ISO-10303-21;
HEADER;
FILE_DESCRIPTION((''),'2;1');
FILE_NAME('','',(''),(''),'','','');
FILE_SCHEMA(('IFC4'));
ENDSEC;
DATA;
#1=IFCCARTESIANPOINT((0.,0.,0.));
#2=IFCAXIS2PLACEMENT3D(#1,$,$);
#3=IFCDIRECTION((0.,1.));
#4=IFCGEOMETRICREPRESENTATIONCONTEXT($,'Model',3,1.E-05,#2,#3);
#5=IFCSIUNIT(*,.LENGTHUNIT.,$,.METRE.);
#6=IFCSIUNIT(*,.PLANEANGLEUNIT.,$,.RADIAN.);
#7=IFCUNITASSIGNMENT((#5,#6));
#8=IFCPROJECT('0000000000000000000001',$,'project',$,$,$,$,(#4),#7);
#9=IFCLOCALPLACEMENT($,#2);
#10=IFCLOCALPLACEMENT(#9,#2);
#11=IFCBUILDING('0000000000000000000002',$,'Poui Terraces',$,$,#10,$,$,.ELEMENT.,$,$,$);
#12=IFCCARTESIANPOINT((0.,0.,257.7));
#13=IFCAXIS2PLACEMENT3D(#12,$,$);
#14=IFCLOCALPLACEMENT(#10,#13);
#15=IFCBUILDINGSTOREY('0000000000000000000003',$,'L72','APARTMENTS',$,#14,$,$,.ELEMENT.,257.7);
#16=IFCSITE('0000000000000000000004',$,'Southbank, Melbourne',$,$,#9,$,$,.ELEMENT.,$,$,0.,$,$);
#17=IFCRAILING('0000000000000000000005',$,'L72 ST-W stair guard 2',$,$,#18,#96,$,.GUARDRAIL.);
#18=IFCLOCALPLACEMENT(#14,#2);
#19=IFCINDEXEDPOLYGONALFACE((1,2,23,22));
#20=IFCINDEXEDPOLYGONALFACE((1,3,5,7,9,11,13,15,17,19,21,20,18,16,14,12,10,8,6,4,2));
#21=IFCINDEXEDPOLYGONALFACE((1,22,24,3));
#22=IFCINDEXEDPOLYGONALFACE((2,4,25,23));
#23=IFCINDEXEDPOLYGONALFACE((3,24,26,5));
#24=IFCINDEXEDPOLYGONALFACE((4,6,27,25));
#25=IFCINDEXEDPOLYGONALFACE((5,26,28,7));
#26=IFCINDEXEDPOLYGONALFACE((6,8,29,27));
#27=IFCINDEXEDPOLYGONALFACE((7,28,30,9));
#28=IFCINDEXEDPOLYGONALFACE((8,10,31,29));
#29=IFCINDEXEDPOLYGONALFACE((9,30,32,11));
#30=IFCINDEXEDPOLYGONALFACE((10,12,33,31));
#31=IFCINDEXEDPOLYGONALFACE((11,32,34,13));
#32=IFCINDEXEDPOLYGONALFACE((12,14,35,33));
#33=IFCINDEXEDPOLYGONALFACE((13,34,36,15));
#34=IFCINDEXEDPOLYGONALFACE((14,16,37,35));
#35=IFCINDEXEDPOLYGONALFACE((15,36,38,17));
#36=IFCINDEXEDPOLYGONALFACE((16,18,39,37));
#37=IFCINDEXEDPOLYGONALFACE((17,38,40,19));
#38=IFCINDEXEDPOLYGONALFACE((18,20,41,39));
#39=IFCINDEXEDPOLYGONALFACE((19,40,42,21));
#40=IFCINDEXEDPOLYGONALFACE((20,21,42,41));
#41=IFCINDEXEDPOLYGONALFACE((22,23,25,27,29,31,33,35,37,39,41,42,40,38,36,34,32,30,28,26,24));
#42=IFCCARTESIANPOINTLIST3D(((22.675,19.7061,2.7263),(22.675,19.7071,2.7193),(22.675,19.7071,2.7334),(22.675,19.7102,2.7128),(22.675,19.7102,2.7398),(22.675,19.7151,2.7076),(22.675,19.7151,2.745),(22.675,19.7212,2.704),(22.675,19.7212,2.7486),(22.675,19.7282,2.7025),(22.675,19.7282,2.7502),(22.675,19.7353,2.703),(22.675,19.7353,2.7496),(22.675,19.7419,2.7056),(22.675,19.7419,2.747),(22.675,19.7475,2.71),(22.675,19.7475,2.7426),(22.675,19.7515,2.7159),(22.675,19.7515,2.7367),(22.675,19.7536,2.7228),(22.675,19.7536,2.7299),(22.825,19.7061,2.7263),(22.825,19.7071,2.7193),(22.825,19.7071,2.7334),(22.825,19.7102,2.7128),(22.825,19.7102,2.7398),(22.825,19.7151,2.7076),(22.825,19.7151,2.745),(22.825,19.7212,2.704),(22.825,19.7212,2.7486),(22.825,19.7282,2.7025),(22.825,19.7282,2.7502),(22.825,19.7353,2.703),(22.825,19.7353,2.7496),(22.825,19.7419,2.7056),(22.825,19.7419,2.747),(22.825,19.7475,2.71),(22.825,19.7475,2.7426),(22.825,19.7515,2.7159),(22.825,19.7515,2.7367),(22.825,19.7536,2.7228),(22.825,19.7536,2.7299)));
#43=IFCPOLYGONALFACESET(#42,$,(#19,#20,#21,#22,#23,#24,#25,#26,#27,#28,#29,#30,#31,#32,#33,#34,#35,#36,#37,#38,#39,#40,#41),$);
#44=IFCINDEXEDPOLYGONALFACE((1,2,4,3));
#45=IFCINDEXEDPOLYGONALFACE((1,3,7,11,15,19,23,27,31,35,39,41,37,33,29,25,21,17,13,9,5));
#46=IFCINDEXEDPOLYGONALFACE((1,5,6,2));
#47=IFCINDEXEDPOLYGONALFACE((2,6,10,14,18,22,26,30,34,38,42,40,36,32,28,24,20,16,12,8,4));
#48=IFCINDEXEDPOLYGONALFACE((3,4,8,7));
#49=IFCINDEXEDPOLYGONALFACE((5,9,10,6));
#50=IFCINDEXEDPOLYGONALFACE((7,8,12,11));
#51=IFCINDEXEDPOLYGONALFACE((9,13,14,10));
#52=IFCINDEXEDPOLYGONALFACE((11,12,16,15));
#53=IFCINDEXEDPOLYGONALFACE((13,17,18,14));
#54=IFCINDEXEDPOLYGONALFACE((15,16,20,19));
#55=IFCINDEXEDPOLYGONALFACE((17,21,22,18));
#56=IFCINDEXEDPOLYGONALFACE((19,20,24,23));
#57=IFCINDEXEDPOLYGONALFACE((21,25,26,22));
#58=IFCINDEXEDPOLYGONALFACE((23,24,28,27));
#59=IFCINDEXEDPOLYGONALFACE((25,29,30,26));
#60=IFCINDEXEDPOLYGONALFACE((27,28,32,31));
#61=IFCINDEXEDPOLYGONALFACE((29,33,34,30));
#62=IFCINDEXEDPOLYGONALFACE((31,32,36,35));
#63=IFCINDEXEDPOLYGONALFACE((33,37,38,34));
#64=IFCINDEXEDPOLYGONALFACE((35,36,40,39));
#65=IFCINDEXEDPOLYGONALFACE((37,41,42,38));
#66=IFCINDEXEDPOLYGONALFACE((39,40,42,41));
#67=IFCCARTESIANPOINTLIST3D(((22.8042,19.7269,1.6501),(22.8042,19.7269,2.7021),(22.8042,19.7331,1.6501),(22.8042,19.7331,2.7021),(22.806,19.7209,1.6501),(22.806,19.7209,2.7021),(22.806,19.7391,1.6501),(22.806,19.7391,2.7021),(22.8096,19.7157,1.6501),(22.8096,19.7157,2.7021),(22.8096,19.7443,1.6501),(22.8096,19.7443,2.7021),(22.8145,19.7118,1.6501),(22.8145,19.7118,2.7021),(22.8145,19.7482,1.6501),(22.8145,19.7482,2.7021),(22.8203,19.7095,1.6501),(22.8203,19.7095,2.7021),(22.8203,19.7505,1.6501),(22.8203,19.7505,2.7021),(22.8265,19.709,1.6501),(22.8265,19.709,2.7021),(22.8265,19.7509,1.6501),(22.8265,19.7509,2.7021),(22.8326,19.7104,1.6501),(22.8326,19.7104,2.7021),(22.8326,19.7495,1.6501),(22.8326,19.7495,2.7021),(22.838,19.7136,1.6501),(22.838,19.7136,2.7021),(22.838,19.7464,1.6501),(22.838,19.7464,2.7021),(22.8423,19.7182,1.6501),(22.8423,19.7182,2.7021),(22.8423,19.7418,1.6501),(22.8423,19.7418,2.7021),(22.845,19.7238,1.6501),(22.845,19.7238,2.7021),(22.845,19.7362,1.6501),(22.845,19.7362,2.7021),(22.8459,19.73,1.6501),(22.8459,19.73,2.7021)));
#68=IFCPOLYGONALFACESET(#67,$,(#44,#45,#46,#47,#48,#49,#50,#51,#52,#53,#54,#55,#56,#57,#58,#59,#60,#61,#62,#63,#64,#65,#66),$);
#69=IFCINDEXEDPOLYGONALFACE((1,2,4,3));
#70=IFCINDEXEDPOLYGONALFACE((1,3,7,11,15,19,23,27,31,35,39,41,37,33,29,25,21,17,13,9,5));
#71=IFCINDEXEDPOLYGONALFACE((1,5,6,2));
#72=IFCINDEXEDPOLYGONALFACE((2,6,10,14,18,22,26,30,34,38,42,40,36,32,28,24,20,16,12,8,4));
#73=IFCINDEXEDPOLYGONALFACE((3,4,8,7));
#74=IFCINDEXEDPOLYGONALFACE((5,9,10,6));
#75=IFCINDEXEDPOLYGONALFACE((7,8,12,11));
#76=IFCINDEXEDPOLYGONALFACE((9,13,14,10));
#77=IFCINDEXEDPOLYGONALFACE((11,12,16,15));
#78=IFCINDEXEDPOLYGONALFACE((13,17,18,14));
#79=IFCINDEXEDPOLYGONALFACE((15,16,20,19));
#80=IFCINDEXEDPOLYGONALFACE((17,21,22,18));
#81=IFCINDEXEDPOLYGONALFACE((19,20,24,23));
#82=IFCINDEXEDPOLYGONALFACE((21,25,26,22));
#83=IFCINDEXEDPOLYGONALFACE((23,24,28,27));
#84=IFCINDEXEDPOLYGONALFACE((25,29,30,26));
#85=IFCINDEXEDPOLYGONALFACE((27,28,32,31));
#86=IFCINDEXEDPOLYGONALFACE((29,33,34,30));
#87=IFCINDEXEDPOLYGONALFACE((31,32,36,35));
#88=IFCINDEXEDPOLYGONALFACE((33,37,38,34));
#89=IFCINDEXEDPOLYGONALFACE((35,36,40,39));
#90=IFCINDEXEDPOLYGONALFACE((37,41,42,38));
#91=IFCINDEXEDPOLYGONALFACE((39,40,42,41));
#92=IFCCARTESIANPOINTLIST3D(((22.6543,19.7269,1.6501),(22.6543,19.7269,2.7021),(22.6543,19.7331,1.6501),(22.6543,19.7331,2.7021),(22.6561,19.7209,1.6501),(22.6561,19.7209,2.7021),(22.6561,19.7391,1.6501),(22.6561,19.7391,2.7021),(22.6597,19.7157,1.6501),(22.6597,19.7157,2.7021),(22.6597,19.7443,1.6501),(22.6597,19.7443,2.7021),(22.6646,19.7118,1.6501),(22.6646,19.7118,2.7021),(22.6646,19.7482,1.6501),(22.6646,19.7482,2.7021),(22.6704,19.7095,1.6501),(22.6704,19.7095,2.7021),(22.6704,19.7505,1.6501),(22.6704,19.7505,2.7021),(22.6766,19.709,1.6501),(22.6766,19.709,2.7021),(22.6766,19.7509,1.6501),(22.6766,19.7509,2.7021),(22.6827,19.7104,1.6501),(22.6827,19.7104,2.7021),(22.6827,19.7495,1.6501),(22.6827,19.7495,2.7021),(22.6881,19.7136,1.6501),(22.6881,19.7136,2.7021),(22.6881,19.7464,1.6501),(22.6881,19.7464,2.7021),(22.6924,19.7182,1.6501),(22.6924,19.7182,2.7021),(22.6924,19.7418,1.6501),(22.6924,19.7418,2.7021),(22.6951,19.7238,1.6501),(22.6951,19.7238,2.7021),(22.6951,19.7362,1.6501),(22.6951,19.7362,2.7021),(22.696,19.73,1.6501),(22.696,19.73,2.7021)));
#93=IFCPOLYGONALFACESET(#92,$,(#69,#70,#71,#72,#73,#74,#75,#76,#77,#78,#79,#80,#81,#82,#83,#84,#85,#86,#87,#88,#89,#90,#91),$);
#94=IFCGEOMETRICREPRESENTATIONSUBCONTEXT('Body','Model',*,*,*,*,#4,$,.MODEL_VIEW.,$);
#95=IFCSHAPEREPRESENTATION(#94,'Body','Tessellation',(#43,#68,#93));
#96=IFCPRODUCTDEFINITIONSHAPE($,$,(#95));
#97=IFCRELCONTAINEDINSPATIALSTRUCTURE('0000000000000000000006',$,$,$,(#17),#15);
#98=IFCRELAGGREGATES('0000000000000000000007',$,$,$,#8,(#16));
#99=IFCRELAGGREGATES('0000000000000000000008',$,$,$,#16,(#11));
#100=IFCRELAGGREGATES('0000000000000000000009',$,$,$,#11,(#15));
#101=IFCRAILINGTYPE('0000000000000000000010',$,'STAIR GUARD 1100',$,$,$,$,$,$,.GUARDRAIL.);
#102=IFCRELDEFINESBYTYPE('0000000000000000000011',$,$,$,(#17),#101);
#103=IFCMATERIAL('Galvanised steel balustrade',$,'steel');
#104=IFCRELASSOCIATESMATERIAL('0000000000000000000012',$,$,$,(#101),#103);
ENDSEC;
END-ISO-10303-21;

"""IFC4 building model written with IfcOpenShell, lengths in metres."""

from ifc_helpers import new_model, si_unit, direction, frame, origin, origin_2d, place, context, subcontext, project, spatial, circle, extrude, material, type_object, element, save


model = new_model("IFC4")

# Units and contexts
model_context = context("Model", 3, precision=1e-05, world=origin(), true_north=direction((0.0, 1.0)))
body_context = subcontext(model_context, "Body", "Model", "MODEL_VIEW")
ifc_project = project(units=[si_unit("LENGTHUNIT", "METRE"), si_unit("PLANEANGLEUNIT", "RADIAN")], contexts=[model_context])

# Site, building, storey
site_placement = place(None, origin())
site = spatial("IfcSite", under=ifc_project, at=site_placement, Name="Southbank, Melbourne", CompositionType="ELEMENT", RefElevation=0.0)
building_placement = place(site_placement, origin())
building = spatial("IfcBuilding", under=site, at=building_placement, Name="Poui Terraces", CompositionType="ELEMENT")
storey_placement = place(building_placement, frame((0.0, 0.0, 257.7)))
storey = spatial("IfcBuildingStorey", under=building, at=storey_placement, Name="L72", Description="APARTMENTS", CompositionType="ELEMENT", Elevation=257.7)

# Railing
ifc_material_1 = material(Name="Galvanised steel balustrade", Category="steel")
railing_type_1 = type_object("IfcRailingType", Name="STAIR GUARD 1100", PredefinedType="GUARDRAIL", material=ifc_material_1)
railing_1_placement = place(storey_placement, frame((22.825, 19.73, 1.6501)))
element("IfcRailing", 1, at=railing_1_placement, inside=storey, type_object=railing_type_1, Name="L72 ST-W stair guard 2", PredefinedType="GUARDRAIL", context=body_context, shape_type="SweptSolid", body=[
    extrude(circle(Radius=0.0239, at=origin_2d()), frame((0.0, 0.0, 1.0762), z_axis=(-1.0, 0.0, 0.0), x_axis=(0.0, -1.0, 0.0)), (0.0, 0.0, 1.0), 0.1499),
    extrude(circle(Radius=0.021, at=origin_2d()), origin(), (0.0, 0.0, 1.0), 1.052),
    extrude(circle(Radius=0.021, at=origin_2d()), frame((-0.1499, 0.0, 0.0)), (0.0, 0.0, 1.0), 1.052),
])

save(model, "model.ifc")
